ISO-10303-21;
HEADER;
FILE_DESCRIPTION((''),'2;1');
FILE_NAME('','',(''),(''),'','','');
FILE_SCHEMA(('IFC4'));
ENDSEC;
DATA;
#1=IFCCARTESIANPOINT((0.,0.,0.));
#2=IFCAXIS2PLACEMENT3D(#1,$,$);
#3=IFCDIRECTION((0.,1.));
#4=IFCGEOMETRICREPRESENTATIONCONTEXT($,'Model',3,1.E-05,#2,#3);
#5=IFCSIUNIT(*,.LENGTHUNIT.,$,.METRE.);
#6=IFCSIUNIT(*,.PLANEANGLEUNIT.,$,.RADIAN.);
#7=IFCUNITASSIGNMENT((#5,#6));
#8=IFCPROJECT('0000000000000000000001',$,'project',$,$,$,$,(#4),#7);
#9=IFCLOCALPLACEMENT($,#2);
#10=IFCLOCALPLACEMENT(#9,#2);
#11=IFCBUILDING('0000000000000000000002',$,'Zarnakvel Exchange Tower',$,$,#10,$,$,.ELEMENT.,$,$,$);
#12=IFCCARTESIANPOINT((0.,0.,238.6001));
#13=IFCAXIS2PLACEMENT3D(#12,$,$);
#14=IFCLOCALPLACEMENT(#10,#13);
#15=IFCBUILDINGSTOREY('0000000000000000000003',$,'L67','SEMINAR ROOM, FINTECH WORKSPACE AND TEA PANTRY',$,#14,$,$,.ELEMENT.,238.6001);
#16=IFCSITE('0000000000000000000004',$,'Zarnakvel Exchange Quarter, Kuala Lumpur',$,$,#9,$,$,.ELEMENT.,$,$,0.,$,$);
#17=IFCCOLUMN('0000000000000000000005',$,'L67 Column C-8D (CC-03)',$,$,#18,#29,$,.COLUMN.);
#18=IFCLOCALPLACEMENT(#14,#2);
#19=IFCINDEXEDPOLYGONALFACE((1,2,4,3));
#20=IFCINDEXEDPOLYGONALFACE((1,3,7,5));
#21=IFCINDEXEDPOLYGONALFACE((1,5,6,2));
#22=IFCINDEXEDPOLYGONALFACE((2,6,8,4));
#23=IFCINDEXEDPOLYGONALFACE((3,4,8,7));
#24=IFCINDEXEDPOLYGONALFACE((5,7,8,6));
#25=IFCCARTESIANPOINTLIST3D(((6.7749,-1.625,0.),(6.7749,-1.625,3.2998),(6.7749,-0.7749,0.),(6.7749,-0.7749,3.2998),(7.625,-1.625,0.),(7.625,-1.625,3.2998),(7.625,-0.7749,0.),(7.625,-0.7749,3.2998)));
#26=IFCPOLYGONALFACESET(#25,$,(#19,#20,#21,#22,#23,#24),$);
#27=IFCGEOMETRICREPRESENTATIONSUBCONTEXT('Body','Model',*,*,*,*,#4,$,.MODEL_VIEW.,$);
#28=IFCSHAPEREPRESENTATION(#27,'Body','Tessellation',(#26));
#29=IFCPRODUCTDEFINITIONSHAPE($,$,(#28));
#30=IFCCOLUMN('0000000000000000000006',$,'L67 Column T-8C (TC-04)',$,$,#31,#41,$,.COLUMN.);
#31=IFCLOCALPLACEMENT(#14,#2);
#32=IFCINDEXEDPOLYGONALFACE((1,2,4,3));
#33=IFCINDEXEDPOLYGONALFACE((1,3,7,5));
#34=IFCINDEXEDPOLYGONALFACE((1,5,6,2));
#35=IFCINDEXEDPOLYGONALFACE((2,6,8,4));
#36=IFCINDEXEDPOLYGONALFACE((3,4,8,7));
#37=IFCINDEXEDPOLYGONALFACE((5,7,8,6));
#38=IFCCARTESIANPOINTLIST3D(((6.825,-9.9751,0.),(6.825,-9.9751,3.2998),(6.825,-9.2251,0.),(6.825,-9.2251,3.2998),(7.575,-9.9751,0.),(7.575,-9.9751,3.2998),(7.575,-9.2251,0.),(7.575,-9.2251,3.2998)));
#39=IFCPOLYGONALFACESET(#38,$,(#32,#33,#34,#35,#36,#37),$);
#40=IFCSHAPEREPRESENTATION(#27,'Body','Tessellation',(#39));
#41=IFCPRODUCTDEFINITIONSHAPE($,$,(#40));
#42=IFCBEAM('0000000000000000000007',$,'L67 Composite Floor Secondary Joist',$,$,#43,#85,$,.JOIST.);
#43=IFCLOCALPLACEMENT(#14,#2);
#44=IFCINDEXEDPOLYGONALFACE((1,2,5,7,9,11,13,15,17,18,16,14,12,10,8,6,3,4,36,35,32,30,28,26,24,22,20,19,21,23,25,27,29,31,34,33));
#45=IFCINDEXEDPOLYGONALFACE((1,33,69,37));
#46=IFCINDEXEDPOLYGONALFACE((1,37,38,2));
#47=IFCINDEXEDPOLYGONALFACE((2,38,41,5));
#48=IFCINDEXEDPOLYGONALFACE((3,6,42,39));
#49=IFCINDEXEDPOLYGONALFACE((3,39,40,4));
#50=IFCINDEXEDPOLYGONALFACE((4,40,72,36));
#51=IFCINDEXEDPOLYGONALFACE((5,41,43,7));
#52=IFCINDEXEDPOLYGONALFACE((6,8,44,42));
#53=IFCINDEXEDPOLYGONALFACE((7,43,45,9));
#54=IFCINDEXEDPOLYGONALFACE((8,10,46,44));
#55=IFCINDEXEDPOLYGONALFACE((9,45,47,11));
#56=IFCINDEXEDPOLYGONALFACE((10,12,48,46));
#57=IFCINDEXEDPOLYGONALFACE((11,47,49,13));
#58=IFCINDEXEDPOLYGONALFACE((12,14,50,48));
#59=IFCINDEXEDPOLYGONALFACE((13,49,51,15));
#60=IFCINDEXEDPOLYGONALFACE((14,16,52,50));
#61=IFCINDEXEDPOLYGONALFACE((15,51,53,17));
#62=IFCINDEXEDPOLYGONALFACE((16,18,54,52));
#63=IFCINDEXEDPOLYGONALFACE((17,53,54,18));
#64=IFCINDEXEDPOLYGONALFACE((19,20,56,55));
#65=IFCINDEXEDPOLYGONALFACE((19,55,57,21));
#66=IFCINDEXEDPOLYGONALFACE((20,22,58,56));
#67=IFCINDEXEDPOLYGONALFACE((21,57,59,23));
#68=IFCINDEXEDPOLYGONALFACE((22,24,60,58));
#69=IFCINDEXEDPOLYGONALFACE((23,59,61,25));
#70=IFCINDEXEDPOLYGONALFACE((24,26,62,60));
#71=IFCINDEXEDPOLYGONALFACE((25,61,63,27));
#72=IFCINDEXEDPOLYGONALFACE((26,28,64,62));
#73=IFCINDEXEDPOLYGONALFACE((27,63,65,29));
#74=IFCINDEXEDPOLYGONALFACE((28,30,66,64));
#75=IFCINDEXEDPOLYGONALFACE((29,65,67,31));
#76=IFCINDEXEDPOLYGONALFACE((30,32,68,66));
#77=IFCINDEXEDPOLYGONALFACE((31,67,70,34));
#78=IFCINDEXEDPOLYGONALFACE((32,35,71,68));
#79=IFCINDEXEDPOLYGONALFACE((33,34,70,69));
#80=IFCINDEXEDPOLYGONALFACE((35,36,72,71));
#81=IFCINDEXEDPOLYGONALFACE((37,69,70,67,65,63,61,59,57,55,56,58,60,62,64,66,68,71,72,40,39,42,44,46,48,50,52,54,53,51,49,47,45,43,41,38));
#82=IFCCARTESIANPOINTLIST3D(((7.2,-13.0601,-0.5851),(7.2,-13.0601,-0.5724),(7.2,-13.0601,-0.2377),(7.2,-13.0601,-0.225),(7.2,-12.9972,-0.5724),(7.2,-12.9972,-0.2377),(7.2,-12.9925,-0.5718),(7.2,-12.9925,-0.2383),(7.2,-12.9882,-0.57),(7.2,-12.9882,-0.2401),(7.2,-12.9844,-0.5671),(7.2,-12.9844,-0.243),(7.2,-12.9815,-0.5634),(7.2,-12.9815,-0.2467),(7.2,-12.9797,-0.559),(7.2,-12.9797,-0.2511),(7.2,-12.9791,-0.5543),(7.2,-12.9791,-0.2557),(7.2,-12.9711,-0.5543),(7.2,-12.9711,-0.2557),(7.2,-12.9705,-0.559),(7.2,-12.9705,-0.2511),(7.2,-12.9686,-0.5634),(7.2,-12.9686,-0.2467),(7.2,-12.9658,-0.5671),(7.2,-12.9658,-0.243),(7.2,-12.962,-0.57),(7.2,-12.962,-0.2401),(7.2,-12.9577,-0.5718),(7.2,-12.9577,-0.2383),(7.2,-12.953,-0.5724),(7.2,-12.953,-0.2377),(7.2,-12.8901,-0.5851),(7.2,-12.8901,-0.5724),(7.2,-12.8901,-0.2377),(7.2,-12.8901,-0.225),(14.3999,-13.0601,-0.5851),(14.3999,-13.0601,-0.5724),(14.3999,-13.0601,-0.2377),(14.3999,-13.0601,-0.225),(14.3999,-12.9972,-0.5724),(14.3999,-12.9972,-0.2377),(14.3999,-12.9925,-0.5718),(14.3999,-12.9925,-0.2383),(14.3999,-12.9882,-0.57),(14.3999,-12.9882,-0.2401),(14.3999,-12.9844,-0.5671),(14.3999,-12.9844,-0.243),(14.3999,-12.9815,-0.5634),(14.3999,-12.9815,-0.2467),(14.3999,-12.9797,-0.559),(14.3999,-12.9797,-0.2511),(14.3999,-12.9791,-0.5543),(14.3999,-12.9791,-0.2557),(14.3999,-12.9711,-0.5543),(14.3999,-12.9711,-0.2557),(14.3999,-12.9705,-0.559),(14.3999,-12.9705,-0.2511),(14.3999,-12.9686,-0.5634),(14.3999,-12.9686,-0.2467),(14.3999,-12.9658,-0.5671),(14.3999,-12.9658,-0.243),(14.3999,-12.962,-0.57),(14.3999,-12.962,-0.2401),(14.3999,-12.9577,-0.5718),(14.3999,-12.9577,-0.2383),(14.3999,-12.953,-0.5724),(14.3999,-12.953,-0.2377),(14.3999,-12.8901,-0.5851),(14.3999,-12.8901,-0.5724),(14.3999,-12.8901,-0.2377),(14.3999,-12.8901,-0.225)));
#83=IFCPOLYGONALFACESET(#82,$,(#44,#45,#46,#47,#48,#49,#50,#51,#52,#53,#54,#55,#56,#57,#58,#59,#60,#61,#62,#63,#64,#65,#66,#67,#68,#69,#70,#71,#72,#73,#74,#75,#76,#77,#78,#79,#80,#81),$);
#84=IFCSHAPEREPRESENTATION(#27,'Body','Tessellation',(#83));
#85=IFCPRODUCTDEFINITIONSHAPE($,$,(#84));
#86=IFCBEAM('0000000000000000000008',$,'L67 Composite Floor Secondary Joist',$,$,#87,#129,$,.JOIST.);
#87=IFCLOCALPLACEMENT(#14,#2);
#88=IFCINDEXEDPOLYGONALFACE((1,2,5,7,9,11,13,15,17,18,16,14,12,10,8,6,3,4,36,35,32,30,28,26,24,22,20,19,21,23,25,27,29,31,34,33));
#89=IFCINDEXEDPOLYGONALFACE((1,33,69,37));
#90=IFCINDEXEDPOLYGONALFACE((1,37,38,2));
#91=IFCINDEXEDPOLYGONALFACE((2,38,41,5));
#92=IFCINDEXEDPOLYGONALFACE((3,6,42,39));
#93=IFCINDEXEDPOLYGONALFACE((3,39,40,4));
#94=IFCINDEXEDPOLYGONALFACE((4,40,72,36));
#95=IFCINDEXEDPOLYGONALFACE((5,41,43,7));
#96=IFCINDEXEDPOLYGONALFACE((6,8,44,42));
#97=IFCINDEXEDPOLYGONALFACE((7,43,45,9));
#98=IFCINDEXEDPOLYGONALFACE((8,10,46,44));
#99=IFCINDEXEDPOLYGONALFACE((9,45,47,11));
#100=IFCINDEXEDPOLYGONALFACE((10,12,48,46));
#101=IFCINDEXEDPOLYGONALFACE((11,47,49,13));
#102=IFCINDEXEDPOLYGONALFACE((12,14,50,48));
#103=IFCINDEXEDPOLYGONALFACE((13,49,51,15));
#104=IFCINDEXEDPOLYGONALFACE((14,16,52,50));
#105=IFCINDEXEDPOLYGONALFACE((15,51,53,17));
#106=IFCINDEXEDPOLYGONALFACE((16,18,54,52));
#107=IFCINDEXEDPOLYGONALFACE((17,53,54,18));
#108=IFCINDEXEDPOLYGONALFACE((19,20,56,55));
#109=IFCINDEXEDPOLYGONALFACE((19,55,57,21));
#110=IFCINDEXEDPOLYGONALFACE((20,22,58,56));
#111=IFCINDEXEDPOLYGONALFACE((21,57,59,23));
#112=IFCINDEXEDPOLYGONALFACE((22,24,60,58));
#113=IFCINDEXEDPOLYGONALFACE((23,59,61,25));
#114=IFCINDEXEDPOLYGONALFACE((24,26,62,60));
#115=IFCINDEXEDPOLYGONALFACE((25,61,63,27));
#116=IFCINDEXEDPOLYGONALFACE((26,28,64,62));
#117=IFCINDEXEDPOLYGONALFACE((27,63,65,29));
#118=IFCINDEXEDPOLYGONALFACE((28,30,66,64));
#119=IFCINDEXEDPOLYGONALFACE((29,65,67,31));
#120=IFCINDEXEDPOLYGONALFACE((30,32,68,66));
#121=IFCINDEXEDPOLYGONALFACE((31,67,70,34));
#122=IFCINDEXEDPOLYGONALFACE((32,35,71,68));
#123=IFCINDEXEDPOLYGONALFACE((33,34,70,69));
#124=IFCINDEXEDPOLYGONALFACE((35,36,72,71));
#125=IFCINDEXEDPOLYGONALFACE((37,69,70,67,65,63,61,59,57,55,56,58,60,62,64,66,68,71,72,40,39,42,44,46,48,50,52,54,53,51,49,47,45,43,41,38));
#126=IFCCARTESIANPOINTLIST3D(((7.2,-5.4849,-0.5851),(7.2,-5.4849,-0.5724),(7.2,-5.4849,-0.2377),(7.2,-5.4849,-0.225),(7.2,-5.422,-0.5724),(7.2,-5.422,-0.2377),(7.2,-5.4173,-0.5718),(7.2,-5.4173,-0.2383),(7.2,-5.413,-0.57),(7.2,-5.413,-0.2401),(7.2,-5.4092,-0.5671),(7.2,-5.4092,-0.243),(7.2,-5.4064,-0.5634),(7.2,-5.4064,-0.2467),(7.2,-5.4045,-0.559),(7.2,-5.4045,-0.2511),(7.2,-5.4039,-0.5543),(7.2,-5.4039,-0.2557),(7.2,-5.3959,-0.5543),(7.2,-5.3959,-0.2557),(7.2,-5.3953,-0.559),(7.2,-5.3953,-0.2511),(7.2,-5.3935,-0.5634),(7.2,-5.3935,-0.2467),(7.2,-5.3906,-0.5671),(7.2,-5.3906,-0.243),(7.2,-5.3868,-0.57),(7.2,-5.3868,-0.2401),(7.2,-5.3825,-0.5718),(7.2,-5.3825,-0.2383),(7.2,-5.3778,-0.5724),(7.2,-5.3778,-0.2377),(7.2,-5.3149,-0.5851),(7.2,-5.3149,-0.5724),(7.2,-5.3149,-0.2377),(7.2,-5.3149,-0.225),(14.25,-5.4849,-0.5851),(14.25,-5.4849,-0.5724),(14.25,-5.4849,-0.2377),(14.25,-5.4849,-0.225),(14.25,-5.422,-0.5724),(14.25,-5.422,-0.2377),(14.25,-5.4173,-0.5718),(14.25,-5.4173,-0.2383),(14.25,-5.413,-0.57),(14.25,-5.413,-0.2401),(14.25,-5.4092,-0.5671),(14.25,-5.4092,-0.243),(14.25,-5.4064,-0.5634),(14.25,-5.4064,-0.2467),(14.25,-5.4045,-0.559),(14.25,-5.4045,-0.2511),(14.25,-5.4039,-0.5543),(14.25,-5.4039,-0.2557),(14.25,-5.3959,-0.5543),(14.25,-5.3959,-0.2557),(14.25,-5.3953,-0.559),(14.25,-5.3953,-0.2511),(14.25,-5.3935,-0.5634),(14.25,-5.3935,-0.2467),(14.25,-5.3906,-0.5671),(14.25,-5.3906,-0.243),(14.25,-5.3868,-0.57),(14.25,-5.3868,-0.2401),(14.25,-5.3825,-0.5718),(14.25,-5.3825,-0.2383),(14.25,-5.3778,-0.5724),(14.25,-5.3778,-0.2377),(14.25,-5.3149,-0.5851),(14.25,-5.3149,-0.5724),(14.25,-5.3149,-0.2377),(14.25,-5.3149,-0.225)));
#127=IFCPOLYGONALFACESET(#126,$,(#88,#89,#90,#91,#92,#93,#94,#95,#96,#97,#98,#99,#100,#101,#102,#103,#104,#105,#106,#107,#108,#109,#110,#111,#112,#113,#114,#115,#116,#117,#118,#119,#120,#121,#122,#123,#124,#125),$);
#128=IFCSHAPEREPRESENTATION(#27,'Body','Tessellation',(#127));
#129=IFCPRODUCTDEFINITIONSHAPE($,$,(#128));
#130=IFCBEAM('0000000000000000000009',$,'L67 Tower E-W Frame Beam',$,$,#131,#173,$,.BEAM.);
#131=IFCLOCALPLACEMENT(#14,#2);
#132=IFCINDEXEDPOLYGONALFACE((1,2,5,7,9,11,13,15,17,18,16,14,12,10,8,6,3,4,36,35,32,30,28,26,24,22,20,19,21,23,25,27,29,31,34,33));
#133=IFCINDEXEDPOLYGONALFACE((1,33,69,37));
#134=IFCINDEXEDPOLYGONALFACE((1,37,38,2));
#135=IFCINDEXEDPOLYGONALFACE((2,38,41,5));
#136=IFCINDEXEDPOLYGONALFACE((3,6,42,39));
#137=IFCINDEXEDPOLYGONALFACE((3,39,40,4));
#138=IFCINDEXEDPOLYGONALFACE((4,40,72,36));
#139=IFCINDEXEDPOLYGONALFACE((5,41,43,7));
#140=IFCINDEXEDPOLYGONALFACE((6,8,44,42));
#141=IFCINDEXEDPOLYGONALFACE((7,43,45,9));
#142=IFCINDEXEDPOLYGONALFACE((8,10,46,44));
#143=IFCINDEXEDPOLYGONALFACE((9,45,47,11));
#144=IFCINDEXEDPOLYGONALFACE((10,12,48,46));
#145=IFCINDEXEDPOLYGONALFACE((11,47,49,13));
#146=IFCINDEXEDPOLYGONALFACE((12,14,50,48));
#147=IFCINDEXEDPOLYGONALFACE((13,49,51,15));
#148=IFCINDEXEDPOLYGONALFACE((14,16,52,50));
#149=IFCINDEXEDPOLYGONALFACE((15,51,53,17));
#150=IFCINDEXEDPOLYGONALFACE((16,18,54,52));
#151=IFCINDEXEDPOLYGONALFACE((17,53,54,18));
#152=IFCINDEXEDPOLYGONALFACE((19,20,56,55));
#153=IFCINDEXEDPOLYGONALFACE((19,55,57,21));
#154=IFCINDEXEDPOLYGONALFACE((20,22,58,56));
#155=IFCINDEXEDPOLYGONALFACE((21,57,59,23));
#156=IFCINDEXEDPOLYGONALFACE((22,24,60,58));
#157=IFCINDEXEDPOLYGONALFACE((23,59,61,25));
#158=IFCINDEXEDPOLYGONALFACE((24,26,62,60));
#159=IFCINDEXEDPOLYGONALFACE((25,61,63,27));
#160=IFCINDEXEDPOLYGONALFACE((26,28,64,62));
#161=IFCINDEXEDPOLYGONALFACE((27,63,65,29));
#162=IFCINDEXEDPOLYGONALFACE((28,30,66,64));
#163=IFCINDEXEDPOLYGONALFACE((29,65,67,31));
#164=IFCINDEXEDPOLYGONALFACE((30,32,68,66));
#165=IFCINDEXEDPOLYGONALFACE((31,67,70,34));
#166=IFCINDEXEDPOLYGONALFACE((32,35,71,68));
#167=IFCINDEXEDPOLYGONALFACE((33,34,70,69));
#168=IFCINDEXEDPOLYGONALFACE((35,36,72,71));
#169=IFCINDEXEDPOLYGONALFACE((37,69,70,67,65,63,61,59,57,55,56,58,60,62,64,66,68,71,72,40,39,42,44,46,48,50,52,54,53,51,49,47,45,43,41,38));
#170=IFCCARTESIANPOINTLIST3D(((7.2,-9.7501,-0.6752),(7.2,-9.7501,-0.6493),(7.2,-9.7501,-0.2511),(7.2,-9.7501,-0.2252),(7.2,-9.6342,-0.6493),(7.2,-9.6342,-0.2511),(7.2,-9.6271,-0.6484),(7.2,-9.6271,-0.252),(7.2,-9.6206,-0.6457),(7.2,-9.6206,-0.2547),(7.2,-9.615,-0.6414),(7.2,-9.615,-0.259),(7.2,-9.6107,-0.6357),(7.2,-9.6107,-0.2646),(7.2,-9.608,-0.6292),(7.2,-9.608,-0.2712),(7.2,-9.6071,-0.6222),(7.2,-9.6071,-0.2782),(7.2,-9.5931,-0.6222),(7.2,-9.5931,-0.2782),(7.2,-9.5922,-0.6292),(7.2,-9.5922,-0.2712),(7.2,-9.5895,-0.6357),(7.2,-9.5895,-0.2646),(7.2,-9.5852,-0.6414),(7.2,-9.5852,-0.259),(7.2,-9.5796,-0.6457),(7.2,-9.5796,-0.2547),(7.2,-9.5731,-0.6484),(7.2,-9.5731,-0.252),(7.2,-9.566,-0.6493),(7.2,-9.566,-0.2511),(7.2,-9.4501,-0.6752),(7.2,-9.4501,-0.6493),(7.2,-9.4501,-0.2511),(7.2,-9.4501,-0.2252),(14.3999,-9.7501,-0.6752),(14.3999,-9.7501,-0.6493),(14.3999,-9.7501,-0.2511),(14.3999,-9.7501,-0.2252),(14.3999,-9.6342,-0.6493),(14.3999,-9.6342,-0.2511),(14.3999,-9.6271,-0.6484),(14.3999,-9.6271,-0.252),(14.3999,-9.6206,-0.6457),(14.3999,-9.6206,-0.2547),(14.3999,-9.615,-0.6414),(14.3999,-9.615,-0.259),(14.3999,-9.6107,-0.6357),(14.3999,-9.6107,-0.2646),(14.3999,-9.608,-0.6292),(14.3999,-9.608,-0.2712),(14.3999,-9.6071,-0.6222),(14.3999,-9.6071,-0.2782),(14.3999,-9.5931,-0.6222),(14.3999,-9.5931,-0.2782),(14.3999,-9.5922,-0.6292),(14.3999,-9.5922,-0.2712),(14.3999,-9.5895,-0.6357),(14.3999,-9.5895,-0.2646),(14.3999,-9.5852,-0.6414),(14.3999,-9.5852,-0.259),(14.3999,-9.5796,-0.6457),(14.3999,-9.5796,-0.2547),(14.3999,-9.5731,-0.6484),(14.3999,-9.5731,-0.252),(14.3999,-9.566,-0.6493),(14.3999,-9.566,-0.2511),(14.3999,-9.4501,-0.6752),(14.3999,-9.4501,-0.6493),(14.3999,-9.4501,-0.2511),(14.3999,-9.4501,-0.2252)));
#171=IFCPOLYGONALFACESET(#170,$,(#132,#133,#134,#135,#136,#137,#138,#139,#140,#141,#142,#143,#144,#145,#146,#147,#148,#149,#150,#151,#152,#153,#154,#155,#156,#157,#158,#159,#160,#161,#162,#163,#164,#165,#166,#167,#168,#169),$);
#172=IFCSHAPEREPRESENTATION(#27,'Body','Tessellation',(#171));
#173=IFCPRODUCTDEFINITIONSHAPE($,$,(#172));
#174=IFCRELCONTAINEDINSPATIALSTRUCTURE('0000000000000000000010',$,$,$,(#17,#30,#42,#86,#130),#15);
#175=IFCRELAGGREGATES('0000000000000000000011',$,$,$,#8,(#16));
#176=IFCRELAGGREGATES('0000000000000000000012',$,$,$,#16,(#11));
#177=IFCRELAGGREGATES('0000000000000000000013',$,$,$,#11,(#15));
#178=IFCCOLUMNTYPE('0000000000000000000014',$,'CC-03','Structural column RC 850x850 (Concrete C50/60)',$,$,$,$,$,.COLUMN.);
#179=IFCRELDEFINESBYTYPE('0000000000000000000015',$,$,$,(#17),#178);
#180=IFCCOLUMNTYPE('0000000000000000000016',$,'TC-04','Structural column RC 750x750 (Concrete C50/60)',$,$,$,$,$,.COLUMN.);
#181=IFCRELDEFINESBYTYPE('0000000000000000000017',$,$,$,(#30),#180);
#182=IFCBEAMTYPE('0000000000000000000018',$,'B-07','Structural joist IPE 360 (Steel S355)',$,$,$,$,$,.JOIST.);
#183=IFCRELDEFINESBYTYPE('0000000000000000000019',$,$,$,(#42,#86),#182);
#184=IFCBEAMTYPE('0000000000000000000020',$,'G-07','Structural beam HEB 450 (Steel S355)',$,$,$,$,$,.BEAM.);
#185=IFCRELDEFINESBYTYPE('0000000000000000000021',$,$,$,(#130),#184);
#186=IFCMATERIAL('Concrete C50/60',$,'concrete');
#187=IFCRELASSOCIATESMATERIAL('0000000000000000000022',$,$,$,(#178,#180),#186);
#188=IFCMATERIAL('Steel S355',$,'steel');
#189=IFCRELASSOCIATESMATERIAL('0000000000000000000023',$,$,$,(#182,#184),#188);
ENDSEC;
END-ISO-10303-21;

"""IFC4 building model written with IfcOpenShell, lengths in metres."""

from ifc_helpers import new_model, si_unit, direction, frame, origin, origin_2d, place, context, subcontext, project, spatial, rectangle, i_section, extrude, material, material_profile, profile_set, type_object, element, save


model = new_model("IFC4")

# Units and contexts
model_context = context("Model", 3, precision=1e-05, world=origin(), true_north=direction((0.0, 1.0)))
body_context = subcontext(model_context, "Body", "Model", "MODEL_VIEW")
ifc_project = project(units=[si_unit("LENGTHUNIT", "METRE"), si_unit("PLANEANGLEUNIT", "RADIAN")], contexts=[model_context])

# Site, building, storey
site_placement = place(None, origin())
site = spatial("IfcSite", under=ifc_project, at=site_placement, Name="Zarnakvel Exchange Quarter, Kuala Lumpur", CompositionType="ELEMENT", RefElevation=0.0)
building_placement = place(site_placement, origin())
building = spatial("IfcBuilding", under=site, at=building_placement, Name="Zarnakvel Exchange Tower", CompositionType="ELEMENT")
storey_placement = place(building_placement, frame((0.0, 0.0, 238.6001)))
storey = spatial("IfcBuildingStorey", under=building, at=storey_placement, Name="L67", Description="SEMINAR ROOM, FINTECH WORKSPACE AND TEA PANTRY", CompositionType="ELEMENT", Elevation=238.6001)

# Columns
ifc_material_1 = material(Name="Concrete C50/60", Category="concrete")
ifc_material_profile_1 = material_profile(ifc_material_1, rectangle(XDim=0.8501, YDim=0.8501, at=origin_2d()))
ifc_profile_set_1 = profile_set([ifc_material_profile_1], Name="Concrete C50/60")
column_type_1 = type_object("IfcColumnType", Name="CC-03", Description="Structural column RC 850x850 (Concrete C50/60)", PredefinedType="COLUMN", material=ifc_profile_set_1)
column_1_placement = place(storey_placement, frame((7.2, -1.2, 0.0), z_axis=(0.0, 0.0, 1.0), x_axis=(1.0, 0.0, 0.0)))
element("IfcColumn", 1, at=column_1_placement, inside=storey, type_object=column_type_1, Name="L67 Column C-8D (CC-03)", PredefinedType="COLUMN", context=body_context, shape_type="SweptSolid", body=[
    extrude(rectangle(XDim=0.8501, YDim=0.8501, at=origin_2d()), origin(), (0.0, 0.0, 1.0), 3.2998),
])
ifc_material_profile_2 = material_profile(ifc_material_1, rectangle(XDim=0.75, YDim=0.75, at=origin_2d()))
ifc_profile_set_2 = profile_set([ifc_material_profile_2], Name="Concrete C50/60")
column_type_2 = type_object("IfcColumnType", Name="TC-04", Description="Structural column RC 750x750 (Concrete C50/60)", PredefinedType="COLUMN", material=ifc_profile_set_2)
column_2_placement = place(storey_placement, frame((7.2, -9.6001, 0.0), z_axis=(0.0, 0.0, 1.0), x_axis=(1.0, 0.0, 0.0)))
element("IfcColumn", 2, at=column_2_placement, inside=storey, type_object=column_type_2, Name="L67 Column T-8C (TC-04)", PredefinedType="COLUMN", context=body_context, shape_type="SweptSolid", body=[
    extrude(rectangle(XDim=0.75, YDim=0.75, at=origin_2d()), origin(), (0.0, 0.0, 1.0), 3.2998),
])

# Beams
ifc_material_2 = material(Name="Steel S355", Category="steel")
ifc_material_profile_3 = material_profile(ifc_material_2, i_section(OverallWidth=0.1699, OverallDepth=0.3601, WebThickness=0.0081, FlangeThickness=0.0127, FilletRadius=0.0181, at=origin_2d()))
ifc_profile_set_3 = profile_set([ifc_material_profile_3], Name="Steel S355")
beam_type_1 = type_object("IfcBeamType", Name="B-07", Description="Structural joist IPE 360 (Steel S355)", PredefinedType="JOIST", material=ifc_profile_set_3)
beam_1_placement = place(storey_placement, frame((7.2, -12.9751, -0.405), z_axis=(1.0, 0.0, 0.0), x_axis=(0.0, 1.0, 0.0)))
element("IfcBeam", 3, at=beam_1_placement, inside=storey, type_object=beam_type_1, Name="L67 Composite Floor Secondary Joist", PredefinedType="JOIST", context=body_context, shape_type="SweptSolid", body=[
    extrude(i_section(OverallWidth=0.1699, OverallDepth=0.3601, WebThickness=0.0081, FlangeThickness=0.0127, FilletRadius=0.0181, at=origin_2d()), origin(), (0.0, 0.0, 1.0), 7.2),
])
beam_2_placement = place(storey_placement, frame((7.2, -5.3999, -0.405), z_axis=(1.0, 0.0, 0.0), x_axis=(0.0, 1.0, 0.0)))
element("IfcBeam", 4, at=beam_2_placement, inside=storey, type_object=beam_type_1, Name="L67 Composite Floor Secondary Joist", PredefinedType="JOIST", context=body_context, shape_type="SweptSolid", body=[
    extrude(i_section(OverallWidth=0.1699, OverallDepth=0.3601, WebThickness=0.0081, FlangeThickness=0.0127, FilletRadius=0.0181, at=origin_2d()), origin(), (0.0, 0.0, 1.0), 7.05),
])
ifc_material_profile_4 = material_profile(ifc_material_2, i_section(OverallWidth=0.3, OverallDepth=0.45, WebThickness=0.0139, FlangeThickness=0.0259, FilletRadius=0.0271, at=origin_2d()))
ifc_profile_set_4 = profile_set([ifc_material_profile_4], Name="Steel S355")
beam_type_2 = type_object("IfcBeamType", Name="G-07", Description="Structural beam HEB 450 (Steel S355)", PredefinedType="BEAM", material=ifc_profile_set_4)
beam_3_placement = place(storey_placement, frame((7.2, -9.6001, -0.4502), z_axis=(1.0, 0.0, 0.0), x_axis=(0.0, 1.0, 0.0)))
element("IfcBeam", 5, at=beam_3_placement, inside=storey, type_object=beam_type_2, Name="L67 Tower E-W Frame Beam", PredefinedType="BEAM", context=body_context, shape_type="SweptSolid", body=[
    extrude(i_section(OverallWidth=0.3, OverallDepth=0.45, WebThickness=0.0139, FlangeThickness=0.0259, FilletRadius=0.0271, at=origin_2d()), origin(), (0.0, 0.0, 1.0), 7.2),
])

save(model, "model.ifc")
